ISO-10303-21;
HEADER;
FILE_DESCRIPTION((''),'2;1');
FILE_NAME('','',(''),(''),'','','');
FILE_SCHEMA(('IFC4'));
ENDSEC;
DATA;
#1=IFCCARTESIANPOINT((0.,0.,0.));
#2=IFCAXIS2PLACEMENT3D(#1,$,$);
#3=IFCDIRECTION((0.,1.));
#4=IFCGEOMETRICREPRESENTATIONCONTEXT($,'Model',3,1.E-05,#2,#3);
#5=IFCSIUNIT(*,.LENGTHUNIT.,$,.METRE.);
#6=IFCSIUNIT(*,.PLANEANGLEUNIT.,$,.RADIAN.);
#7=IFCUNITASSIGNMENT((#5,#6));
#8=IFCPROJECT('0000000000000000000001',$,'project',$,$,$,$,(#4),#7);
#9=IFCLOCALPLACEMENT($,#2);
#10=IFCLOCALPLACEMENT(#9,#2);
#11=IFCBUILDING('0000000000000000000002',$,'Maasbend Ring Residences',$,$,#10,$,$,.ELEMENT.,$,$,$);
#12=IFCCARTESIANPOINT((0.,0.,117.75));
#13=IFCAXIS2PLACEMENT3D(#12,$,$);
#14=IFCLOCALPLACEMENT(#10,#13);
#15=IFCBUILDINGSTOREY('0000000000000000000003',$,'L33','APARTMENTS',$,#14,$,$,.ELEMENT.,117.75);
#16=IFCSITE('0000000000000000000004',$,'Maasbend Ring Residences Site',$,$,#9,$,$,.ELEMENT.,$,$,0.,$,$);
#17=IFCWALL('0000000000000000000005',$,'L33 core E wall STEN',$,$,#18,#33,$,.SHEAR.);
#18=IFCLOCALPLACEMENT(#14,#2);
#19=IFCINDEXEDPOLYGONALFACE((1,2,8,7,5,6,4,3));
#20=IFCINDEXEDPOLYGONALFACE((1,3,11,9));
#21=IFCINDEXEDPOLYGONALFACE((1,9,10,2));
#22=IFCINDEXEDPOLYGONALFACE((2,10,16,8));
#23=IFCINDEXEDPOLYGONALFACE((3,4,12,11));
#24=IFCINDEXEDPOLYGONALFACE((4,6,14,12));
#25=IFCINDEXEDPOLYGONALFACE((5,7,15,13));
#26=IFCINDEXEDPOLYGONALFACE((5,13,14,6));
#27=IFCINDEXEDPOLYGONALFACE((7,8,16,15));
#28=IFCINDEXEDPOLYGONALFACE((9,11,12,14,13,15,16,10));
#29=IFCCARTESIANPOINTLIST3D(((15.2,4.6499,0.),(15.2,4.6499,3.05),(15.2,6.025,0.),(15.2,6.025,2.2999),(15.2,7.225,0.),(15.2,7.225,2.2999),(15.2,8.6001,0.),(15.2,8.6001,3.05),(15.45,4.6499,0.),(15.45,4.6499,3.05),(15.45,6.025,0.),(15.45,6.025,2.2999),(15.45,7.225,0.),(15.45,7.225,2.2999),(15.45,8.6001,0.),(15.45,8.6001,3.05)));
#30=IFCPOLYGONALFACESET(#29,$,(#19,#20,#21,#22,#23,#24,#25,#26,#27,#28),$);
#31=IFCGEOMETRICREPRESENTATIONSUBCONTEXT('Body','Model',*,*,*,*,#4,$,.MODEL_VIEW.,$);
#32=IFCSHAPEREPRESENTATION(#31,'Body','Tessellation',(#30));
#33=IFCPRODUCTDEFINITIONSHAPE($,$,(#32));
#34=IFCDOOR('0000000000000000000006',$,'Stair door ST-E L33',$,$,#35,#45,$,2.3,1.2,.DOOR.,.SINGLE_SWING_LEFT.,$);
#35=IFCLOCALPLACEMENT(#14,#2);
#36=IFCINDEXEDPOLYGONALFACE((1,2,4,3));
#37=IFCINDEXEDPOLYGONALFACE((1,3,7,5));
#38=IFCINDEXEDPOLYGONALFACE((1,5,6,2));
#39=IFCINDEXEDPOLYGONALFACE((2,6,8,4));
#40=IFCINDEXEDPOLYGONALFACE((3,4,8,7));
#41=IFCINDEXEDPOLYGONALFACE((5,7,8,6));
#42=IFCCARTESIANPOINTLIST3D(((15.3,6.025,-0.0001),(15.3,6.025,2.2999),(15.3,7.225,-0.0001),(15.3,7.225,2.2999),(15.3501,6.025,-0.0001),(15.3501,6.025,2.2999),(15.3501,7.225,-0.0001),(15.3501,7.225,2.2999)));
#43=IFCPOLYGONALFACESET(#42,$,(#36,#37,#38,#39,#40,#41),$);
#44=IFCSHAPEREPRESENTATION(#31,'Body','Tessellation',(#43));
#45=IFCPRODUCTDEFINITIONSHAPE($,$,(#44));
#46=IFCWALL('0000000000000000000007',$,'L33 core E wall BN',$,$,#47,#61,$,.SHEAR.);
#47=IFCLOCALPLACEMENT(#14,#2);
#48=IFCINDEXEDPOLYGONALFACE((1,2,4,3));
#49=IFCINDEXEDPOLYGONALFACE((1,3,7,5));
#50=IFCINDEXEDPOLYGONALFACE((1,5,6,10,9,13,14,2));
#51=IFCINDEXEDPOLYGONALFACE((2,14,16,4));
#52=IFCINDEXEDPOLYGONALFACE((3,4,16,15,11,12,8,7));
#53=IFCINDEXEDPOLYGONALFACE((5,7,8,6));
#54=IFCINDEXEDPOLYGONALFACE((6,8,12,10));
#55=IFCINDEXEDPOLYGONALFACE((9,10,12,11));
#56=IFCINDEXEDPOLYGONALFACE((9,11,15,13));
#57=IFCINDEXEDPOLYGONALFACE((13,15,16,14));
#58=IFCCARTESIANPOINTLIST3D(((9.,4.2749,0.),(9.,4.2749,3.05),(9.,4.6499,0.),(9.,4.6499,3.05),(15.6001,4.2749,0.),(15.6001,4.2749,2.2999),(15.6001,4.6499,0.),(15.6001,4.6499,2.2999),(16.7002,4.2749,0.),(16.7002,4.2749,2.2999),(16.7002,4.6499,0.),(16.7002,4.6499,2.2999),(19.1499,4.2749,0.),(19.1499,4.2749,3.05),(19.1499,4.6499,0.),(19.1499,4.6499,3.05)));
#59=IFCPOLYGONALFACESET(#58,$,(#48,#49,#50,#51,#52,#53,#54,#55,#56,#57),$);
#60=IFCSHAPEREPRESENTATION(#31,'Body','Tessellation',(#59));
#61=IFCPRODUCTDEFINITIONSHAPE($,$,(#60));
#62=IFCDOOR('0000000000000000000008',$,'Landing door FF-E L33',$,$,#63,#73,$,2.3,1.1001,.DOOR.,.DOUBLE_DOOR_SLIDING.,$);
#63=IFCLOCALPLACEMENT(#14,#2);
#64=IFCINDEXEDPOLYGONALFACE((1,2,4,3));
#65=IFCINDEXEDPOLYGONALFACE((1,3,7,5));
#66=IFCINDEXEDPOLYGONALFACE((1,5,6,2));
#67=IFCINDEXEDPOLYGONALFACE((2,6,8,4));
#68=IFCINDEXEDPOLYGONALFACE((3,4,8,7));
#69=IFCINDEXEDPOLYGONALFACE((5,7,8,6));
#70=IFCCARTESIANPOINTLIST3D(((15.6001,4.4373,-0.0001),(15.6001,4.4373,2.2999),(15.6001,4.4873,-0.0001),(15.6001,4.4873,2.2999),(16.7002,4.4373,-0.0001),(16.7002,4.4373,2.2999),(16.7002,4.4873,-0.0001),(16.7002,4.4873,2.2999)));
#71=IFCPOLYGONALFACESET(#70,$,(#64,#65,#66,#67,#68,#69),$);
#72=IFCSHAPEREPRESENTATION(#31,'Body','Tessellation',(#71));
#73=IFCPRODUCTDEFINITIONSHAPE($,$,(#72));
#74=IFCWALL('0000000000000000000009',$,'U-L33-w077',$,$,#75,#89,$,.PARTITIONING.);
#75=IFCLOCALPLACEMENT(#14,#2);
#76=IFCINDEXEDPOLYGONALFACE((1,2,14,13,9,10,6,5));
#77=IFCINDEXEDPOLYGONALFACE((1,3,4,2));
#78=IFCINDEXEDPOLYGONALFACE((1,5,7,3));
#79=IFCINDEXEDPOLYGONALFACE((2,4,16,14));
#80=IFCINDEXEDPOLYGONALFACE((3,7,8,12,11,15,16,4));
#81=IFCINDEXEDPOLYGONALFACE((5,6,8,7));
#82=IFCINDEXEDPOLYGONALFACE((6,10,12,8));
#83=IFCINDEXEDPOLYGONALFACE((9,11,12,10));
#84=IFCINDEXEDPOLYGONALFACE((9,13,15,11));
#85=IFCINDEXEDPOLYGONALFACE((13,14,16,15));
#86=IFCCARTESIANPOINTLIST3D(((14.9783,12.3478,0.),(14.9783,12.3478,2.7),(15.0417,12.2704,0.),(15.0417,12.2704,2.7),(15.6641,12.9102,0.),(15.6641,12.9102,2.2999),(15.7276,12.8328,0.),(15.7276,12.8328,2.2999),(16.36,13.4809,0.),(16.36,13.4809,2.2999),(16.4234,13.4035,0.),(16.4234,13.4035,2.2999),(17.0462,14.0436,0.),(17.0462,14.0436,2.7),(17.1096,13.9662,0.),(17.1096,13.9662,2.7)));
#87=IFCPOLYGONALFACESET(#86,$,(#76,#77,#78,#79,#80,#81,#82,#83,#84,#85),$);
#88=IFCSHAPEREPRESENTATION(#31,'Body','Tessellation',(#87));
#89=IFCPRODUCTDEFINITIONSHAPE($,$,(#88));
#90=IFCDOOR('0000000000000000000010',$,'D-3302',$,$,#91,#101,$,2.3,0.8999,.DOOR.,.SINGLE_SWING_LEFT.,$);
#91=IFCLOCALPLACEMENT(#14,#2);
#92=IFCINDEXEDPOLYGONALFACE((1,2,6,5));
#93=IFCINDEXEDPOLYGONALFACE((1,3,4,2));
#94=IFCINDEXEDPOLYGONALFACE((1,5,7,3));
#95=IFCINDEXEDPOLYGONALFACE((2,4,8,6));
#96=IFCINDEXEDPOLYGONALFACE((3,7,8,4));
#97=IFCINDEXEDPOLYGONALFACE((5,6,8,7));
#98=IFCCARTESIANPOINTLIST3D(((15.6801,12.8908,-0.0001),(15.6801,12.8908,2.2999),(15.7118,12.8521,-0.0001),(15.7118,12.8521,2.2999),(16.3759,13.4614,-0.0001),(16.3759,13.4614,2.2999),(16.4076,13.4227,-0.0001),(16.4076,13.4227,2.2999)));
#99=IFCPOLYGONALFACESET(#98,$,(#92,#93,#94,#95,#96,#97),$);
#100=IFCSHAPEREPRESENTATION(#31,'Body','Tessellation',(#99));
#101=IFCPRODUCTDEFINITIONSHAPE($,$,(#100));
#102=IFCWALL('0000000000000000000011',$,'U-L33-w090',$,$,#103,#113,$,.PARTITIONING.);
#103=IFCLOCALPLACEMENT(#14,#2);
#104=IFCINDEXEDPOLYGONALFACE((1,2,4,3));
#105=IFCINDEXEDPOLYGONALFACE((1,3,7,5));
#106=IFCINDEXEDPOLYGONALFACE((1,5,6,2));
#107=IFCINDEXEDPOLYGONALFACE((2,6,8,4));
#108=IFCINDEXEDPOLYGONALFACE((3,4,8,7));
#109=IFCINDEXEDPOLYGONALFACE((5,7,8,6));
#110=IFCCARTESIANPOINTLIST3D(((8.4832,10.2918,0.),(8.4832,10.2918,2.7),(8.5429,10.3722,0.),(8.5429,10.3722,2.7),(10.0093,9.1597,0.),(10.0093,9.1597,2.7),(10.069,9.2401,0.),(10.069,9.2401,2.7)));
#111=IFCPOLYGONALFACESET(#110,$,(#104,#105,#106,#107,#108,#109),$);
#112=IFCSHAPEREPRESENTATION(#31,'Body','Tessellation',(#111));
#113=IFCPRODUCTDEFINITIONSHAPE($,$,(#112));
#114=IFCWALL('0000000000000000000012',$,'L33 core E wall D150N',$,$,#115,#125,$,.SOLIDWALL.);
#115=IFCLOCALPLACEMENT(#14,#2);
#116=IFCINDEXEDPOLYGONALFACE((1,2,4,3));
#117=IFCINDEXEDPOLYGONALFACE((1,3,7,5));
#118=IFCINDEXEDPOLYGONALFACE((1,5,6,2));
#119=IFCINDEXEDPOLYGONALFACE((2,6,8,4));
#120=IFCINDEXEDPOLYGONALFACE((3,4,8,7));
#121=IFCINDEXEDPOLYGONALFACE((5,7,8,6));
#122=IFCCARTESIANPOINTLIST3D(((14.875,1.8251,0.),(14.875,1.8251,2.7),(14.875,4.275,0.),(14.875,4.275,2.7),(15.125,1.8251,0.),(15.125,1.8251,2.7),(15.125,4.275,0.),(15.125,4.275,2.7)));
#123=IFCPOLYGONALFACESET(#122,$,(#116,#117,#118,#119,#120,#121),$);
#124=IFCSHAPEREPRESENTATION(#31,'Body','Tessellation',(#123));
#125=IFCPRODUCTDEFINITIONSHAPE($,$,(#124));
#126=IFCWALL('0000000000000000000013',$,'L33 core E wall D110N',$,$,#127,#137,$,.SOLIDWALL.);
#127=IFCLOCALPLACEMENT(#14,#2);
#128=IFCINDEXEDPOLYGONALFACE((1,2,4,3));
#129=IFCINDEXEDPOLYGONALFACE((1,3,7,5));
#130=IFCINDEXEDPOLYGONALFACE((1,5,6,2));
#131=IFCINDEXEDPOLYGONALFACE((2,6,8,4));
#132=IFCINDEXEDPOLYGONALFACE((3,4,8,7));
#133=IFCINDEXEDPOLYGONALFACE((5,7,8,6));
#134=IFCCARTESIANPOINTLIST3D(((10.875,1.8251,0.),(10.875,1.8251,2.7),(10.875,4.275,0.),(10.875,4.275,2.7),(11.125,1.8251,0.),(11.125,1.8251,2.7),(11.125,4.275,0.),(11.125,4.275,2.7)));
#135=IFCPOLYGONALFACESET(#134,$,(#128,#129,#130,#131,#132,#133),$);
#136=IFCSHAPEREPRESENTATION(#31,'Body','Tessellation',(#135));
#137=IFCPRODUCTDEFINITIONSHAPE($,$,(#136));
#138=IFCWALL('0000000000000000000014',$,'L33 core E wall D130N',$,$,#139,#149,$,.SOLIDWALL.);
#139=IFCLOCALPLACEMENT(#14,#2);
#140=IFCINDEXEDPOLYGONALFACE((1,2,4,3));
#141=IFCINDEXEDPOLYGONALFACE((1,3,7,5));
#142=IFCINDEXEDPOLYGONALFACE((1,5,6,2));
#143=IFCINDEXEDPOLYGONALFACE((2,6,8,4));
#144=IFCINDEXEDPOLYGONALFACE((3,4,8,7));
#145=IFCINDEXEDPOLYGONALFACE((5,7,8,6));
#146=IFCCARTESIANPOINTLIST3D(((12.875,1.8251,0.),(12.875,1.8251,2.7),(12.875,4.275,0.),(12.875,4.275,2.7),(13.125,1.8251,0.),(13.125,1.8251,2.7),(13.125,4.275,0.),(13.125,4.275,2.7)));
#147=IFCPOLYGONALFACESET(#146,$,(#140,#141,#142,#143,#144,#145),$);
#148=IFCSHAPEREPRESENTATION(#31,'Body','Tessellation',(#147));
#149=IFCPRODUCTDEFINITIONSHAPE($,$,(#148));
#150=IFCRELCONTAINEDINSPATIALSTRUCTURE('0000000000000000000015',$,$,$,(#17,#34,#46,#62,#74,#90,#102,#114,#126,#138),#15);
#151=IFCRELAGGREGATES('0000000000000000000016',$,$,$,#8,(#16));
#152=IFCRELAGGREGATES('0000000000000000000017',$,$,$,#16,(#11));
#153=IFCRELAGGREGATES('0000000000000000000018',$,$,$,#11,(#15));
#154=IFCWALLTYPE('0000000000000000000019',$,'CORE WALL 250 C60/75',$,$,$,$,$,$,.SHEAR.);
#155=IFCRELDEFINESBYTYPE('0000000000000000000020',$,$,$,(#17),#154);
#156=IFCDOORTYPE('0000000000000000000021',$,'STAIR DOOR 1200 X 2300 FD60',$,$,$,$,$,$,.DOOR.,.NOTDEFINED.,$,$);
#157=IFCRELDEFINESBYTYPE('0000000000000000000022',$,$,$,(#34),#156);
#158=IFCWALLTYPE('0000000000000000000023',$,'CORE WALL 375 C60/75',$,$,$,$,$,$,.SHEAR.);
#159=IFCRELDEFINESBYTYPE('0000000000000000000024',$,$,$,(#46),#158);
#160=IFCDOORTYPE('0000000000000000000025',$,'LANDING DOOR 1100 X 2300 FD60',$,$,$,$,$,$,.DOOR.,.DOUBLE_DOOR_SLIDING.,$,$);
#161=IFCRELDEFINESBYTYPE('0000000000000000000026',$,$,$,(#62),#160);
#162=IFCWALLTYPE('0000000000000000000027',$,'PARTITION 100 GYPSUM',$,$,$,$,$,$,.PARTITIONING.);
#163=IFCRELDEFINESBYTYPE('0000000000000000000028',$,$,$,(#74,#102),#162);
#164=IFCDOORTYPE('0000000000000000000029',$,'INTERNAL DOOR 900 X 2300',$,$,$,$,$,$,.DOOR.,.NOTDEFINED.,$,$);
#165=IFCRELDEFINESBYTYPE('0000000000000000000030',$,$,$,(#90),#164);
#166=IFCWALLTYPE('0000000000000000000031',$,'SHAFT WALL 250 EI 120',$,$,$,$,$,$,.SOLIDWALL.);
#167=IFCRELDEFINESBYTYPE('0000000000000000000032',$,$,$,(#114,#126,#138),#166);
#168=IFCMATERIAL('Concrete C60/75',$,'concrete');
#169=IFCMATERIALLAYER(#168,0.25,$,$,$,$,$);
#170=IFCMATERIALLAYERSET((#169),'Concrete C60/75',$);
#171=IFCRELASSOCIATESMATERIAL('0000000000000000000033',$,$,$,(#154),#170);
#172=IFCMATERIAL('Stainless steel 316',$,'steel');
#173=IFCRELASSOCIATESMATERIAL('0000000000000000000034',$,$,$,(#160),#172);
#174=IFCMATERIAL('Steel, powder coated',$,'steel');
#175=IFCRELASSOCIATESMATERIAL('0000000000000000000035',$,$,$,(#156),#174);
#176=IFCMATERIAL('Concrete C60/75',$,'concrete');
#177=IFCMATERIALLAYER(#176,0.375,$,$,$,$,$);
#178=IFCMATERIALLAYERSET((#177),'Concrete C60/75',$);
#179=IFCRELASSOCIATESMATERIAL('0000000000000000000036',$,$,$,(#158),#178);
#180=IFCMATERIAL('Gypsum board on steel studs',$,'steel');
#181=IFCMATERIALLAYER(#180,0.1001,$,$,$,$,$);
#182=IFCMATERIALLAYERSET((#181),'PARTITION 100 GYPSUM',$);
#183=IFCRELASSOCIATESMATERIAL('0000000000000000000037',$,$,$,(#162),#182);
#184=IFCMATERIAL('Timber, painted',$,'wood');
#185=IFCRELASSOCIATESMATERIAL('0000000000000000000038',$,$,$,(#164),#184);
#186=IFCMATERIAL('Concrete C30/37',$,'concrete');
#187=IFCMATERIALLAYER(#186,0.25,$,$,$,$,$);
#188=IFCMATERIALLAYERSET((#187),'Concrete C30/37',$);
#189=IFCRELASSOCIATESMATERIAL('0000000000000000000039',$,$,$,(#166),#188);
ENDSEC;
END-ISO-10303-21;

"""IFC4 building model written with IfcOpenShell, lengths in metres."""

from ifc_helpers import new_model, si_unit, direction, frame, frame_2d, origin, place, context, subcontext, project, spatial, rectangle, extrude, material, layer, layer_set, type_object, element, fill, save


model = new_model("IFC4")

# Units and contexts
model_context = context("Model", 3, precision=1e-05, world=origin(), true_north=direction((0.0, 1.0)))
body_context = subcontext(model_context, "Body", "Model", "MODEL_VIEW")
ifc_project = project(units=[si_unit("LENGTHUNIT", "METRE"), si_unit("PLANEANGLEUNIT", "RADIAN")], contexts=[model_context])

# Site, building, storey
site_placement = place(None, origin())
site = spatial("IfcSite", under=ifc_project, at=site_placement, Name="Maasbend Ring Residences Site", CompositionType="ELEMENT", RefElevation=0.0)
building_placement = place(site_placement, origin())
building = spatial("IfcBuilding", under=site, at=building_placement, Name="Maasbend Ring Residences", CompositionType="ELEMENT")
storey_placement = place(building_placement, frame((0.0, 0.0, 117.75)))
storey = spatial("IfcBuildingStorey", under=building, at=storey_placement, Name="L33", Description="APARTMENTS", CompositionType="ELEMENT", Elevation=117.75)

# Shared definitions
ifc_material_1 = material(Name="Concrete C60/75", Category="concrete")
ifc_layer_1 = layer(ifc_material_1, 0.25)
ifc_layer_set_1 = layer_set([ifc_layer_1], Name="Concrete C60/75")
wall_type_1 = type_object("IfcWallType", Name="CORE WALL 250 C60/75", PredefinedType="SHEAR", material=ifc_layer_set_1)
ifc_material_2 = material(Name="Stainless steel 316", Category="steel")
door_type_1 = type_object("IfcDoorType", Name="LANDING DOOR 1100 X 2300 FD60", OperationType="DOUBLE_DOOR_SLIDING", PredefinedType="DOOR", material=ifc_material_2)

# Walls, openings, doors
wall_1_placement = place(storey_placement, frame((15.325, 4.6499, 0.0), z_axis=(0.0, 0.0, 1.0), x_axis=(0.0, 1.0, 0.0)))
wall_1 = element("IfcWall", 1, at=wall_1_placement, inside=storey, type_object=wall_type_1, Name="L33 core E wall STEN", PredefinedType="SHEAR", context=body_context, shape_type="SweptSolid", body=[
    extrude(rectangle(XDim=3.9502, YDim=0.25, at=frame_2d((1.9751, 0.0))), origin(), (0.0, 0.0, 1.0), 3.05),
])
opening_1_placement = place(wall_1_placement, frame((1.375, 0.0, 0.0)))
opening_1 = element("IfcOpeningElement", 2, at=opening_1_placement, cuts=wall_1, PredefinedType="OPENING", context=body_context, shape_type="SweptSolid", body=[
    extrude(rectangle(XDim=1.2, YDim=2.3, at=frame_2d((0.6001, 1.1499))), frame((0.0, 0.135, 0.0), z_axis=(0.0, -1.0, 0.0), x_axis=(1.0, 0.0, 0.0)), (0.0, 0.0, 1.0), 0.27),
])
ifc_material_3 = material(Name="Steel, powder coated", Category="steel")
door_type_2 = type_object("IfcDoorType", Name="STAIR DOOR 1200 X 2300 FD60", OperationType="NOTDEFINED", PredefinedType="DOOR", material=ifc_material_3)
door_1_placement = place(opening_1_placement, origin())
door_1 = element("IfcDoor", 3, at=door_1_placement, inside=storey, type_object=door_type_2, Name="Stair door ST-E L33", OperationType="SINGLE_SWING_LEFT", OverallHeight=2.3, OverallWidth=1.2, PredefinedType="DOOR", context=body_context, shape_type="SweptSolid", body=[
    extrude(rectangle(XDim=1.2, YDim=2.3, at=frame_2d((0.6001, 1.1499))), frame((0.0, 0.0249, 0.0), z_axis=(0.0, -1.0, 0.0), x_axis=(1.0, 0.0, 0.0)), (0.0, 0.0, 1.0), 0.05),
])
fill(opening_1, door_1)
ifc_material_4 = material(Name="Concrete C60/75", Category="concrete")
ifc_layer_2 = layer(ifc_material_4, 0.375)
ifc_layer_set_2 = layer_set([ifc_layer_2], Name="Concrete C60/75")
wall_type_2 = type_object("IfcWallType", Name="CORE WALL 375 C60/75", PredefinedType="SHEAR", material=ifc_layer_set_2)
wall_2_placement = place(storey_placement, frame((9.0, 4.4624, 0.0), z_axis=(0.0, 0.0, 1.0), x_axis=(1.0, 0.0, 0.0)))
wall_2 = element("IfcWall", 4, at=wall_2_placement, inside=storey, type_object=wall_type_2, Name="L33 core E wall BN", PredefinedType="SHEAR", context=body_context, shape_type="SweptSolid", body=[
    extrude(rectangle(XDim=10.1499, YDim=0.375, at=frame_2d((5.075, 0.0))), origin(), (0.0, 0.0, 1.0), 3.05),
])
opening_2_placement = place(wall_2_placement, frame((6.6001, 0.0, 0.0)))
opening_2 = element("IfcOpeningElement", 5, at=opening_2_placement, cuts=wall_2, PredefinedType="OPENING", context=body_context, shape_type="SweptSolid", body=[
    extrude(rectangle(XDim=1.1001, YDim=2.3, at=frame_2d((0.55, 1.1499))), frame((0.0, 0.1975, 0.0), z_axis=(0.0, -1.0, 0.0), x_axis=(1.0, 0.0, 0.0)), (0.0, 0.0, 1.0), 0.395),
])
door_2_placement = place(opening_2_placement, origin())
door_2 = element("IfcDoor", 6, at=door_2_placement, inside=storey, type_object=door_type_1, Name="Landing door FF-E L33", OperationType="DOUBLE_DOOR_SLIDING", OverallHeight=2.3, OverallWidth=1.1001, PredefinedType="DOOR", context=body_context, shape_type="SweptSolid", body=[
    extrude(rectangle(XDim=1.1001, YDim=2.3, at=frame_2d((0.55, 1.1499))), frame((0.0, 0.0249, 0.0), z_axis=(0.0, -1.0, 0.0), x_axis=(1.0, 0.0, 0.0)), (0.0, 0.0, 1.0), 0.05),
])
fill(opening_2, door_2)
ifc_material_5 = material(Name="Gypsum board on steel studs", Category="steel")
ifc_layer_3 = layer(ifc_material_5, 0.1001)
ifc_layer_set_3 = layer_set([ifc_layer_3], Name="PARTITION 100 GYPSUM")
wall_type_3 = type_object("IfcWallType", Name="PARTITION 100 GYPSUM", PredefinedType="PARTITIONING", material=ifc_layer_set_3)
wall_3_placement = place(storey_placement, frame((15.01, 12.3091, 0.0), z_axis=(0.0, 0.0, 1.0), x_axis=(0.773241, 0.634112, 0.0)))
wall_3 = element("IfcWall", 7, at=wall_3_placement, inside=storey, type_object=wall_type_3, Name="U-L33-w077", PredefinedType="PARTITIONING", context=body_context, shape_type="SweptSolid", body=[
    extrude(rectangle(XDim=2.6743, YDim=0.1001, at=frame_2d((1.3372, 0.0))), origin(), (0.0, 0.0, 1.0), 2.7),
])
opening_3_placement = place(wall_3_placement, frame((0.887, 0.0, 0.0)))
opening_3 = element("IfcOpeningElement", 8, at=opening_3_placement, cuts=wall_3, PredefinedType="OPENING", context=body_context, shape_type="SweptSolid", body=[
    extrude(rectangle(XDim=0.8999, YDim=2.3, at=frame_2d((0.45, 1.1499))), frame((0.0, 0.0601, 0.0), z_axis=(0.0, -1.0, 0.0), x_axis=(1.0, 0.0, 0.0)), (0.0, 0.0, 1.0), 0.1201),
])
ifc_material_6 = material(Name="Timber, painted", Category="wood")
door_type_3 = type_object("IfcDoorType", Name="INTERNAL DOOR 900 X 2300", OperationType="NOTDEFINED", PredefinedType="DOOR", material=ifc_material_6)
door_3_placement = place(opening_3_placement, origin())
door_3 = element("IfcDoor", 9, at=door_3_placement, inside=storey, type_object=door_type_3, Name="D-3302", OperationType="SINGLE_SWING_LEFT", OverallHeight=2.3, OverallWidth=0.8999, PredefinedType="DOOR", context=body_context, shape_type="SweptSolid", body=[
    extrude(rectangle(XDim=0.8999, YDim=2.3, at=frame_2d((0.45, 1.1499))), frame((0.0, 0.0249, 0.0), z_axis=(0.0, -1.0, 0.0), x_axis=(1.0, 0.0, 0.0)), (0.0, 0.0, 1.0), 0.05),
])
fill(opening_3, door_3)

# Walls
wall_4_placement = place(storey_placement, frame((8.5129, 10.332, 0.0), z_axis=(0.0, 0.0, 1.0), x_axis=(0.80315, -0.595777, 0.0)))
element("IfcWall", 10, at=wall_4_placement, inside=storey, type_object=wall_type_3, Name="U-L33-w090", PredefinedType="PARTITIONING", context=body_context, shape_type="SweptSolid", body=[
    extrude(rectangle(XDim=1.9001, YDim=0.1001, at=frame_2d((0.9502, 0.0))), origin(), (0.0, 0.0, 1.0), 2.7),
])
ifc_material_7 = material(Name="Concrete C30/37", Category="concrete")
ifc_layer_4 = layer(ifc_material_7, 0.25)
ifc_layer_set_4 = layer_set([ifc_layer_4], Name="Concrete C30/37")
wall_type_4 = type_object("IfcWallType", Name="SHAFT WALL 250 EI 120", PredefinedType="SOLIDWALL", material=ifc_layer_set_4)
for number, where, z_axis, x_axis, name in (
    (11, (15.0, 1.825, 0.0), (0.0, 0.0, 1.0), (0.0, 1.0, 0.0), "L33 core E wall D150N"),
    (12, (11.0, 1.825, 0.0), (0.0, 0.0, 1.0), (0.0, 1.0, 0.0), "L33 core E wall D110N"),
    (13, (13.0, 1.825, 0.0), (0.0, 0.0, 1.0), (0.0, 1.0, 0.0), "L33 core E wall D130N"),
):
    element("IfcWall", number, at=place(storey_placement, frame(where, z_axis=z_axis, x_axis=x_axis)), inside=storey, type_object=wall_type_4, Name=name, PredefinedType="SOLIDWALL", context=body_context, shape_type="SweptSolid", body=[
        extrude(rectangle(XDim=2.45, YDim=0.25, at=frame_2d((1.2251, 0.0))), origin(), (0.0, 0.0, 1.0), 2.7),
    ])

save(model, "model.ifc")
